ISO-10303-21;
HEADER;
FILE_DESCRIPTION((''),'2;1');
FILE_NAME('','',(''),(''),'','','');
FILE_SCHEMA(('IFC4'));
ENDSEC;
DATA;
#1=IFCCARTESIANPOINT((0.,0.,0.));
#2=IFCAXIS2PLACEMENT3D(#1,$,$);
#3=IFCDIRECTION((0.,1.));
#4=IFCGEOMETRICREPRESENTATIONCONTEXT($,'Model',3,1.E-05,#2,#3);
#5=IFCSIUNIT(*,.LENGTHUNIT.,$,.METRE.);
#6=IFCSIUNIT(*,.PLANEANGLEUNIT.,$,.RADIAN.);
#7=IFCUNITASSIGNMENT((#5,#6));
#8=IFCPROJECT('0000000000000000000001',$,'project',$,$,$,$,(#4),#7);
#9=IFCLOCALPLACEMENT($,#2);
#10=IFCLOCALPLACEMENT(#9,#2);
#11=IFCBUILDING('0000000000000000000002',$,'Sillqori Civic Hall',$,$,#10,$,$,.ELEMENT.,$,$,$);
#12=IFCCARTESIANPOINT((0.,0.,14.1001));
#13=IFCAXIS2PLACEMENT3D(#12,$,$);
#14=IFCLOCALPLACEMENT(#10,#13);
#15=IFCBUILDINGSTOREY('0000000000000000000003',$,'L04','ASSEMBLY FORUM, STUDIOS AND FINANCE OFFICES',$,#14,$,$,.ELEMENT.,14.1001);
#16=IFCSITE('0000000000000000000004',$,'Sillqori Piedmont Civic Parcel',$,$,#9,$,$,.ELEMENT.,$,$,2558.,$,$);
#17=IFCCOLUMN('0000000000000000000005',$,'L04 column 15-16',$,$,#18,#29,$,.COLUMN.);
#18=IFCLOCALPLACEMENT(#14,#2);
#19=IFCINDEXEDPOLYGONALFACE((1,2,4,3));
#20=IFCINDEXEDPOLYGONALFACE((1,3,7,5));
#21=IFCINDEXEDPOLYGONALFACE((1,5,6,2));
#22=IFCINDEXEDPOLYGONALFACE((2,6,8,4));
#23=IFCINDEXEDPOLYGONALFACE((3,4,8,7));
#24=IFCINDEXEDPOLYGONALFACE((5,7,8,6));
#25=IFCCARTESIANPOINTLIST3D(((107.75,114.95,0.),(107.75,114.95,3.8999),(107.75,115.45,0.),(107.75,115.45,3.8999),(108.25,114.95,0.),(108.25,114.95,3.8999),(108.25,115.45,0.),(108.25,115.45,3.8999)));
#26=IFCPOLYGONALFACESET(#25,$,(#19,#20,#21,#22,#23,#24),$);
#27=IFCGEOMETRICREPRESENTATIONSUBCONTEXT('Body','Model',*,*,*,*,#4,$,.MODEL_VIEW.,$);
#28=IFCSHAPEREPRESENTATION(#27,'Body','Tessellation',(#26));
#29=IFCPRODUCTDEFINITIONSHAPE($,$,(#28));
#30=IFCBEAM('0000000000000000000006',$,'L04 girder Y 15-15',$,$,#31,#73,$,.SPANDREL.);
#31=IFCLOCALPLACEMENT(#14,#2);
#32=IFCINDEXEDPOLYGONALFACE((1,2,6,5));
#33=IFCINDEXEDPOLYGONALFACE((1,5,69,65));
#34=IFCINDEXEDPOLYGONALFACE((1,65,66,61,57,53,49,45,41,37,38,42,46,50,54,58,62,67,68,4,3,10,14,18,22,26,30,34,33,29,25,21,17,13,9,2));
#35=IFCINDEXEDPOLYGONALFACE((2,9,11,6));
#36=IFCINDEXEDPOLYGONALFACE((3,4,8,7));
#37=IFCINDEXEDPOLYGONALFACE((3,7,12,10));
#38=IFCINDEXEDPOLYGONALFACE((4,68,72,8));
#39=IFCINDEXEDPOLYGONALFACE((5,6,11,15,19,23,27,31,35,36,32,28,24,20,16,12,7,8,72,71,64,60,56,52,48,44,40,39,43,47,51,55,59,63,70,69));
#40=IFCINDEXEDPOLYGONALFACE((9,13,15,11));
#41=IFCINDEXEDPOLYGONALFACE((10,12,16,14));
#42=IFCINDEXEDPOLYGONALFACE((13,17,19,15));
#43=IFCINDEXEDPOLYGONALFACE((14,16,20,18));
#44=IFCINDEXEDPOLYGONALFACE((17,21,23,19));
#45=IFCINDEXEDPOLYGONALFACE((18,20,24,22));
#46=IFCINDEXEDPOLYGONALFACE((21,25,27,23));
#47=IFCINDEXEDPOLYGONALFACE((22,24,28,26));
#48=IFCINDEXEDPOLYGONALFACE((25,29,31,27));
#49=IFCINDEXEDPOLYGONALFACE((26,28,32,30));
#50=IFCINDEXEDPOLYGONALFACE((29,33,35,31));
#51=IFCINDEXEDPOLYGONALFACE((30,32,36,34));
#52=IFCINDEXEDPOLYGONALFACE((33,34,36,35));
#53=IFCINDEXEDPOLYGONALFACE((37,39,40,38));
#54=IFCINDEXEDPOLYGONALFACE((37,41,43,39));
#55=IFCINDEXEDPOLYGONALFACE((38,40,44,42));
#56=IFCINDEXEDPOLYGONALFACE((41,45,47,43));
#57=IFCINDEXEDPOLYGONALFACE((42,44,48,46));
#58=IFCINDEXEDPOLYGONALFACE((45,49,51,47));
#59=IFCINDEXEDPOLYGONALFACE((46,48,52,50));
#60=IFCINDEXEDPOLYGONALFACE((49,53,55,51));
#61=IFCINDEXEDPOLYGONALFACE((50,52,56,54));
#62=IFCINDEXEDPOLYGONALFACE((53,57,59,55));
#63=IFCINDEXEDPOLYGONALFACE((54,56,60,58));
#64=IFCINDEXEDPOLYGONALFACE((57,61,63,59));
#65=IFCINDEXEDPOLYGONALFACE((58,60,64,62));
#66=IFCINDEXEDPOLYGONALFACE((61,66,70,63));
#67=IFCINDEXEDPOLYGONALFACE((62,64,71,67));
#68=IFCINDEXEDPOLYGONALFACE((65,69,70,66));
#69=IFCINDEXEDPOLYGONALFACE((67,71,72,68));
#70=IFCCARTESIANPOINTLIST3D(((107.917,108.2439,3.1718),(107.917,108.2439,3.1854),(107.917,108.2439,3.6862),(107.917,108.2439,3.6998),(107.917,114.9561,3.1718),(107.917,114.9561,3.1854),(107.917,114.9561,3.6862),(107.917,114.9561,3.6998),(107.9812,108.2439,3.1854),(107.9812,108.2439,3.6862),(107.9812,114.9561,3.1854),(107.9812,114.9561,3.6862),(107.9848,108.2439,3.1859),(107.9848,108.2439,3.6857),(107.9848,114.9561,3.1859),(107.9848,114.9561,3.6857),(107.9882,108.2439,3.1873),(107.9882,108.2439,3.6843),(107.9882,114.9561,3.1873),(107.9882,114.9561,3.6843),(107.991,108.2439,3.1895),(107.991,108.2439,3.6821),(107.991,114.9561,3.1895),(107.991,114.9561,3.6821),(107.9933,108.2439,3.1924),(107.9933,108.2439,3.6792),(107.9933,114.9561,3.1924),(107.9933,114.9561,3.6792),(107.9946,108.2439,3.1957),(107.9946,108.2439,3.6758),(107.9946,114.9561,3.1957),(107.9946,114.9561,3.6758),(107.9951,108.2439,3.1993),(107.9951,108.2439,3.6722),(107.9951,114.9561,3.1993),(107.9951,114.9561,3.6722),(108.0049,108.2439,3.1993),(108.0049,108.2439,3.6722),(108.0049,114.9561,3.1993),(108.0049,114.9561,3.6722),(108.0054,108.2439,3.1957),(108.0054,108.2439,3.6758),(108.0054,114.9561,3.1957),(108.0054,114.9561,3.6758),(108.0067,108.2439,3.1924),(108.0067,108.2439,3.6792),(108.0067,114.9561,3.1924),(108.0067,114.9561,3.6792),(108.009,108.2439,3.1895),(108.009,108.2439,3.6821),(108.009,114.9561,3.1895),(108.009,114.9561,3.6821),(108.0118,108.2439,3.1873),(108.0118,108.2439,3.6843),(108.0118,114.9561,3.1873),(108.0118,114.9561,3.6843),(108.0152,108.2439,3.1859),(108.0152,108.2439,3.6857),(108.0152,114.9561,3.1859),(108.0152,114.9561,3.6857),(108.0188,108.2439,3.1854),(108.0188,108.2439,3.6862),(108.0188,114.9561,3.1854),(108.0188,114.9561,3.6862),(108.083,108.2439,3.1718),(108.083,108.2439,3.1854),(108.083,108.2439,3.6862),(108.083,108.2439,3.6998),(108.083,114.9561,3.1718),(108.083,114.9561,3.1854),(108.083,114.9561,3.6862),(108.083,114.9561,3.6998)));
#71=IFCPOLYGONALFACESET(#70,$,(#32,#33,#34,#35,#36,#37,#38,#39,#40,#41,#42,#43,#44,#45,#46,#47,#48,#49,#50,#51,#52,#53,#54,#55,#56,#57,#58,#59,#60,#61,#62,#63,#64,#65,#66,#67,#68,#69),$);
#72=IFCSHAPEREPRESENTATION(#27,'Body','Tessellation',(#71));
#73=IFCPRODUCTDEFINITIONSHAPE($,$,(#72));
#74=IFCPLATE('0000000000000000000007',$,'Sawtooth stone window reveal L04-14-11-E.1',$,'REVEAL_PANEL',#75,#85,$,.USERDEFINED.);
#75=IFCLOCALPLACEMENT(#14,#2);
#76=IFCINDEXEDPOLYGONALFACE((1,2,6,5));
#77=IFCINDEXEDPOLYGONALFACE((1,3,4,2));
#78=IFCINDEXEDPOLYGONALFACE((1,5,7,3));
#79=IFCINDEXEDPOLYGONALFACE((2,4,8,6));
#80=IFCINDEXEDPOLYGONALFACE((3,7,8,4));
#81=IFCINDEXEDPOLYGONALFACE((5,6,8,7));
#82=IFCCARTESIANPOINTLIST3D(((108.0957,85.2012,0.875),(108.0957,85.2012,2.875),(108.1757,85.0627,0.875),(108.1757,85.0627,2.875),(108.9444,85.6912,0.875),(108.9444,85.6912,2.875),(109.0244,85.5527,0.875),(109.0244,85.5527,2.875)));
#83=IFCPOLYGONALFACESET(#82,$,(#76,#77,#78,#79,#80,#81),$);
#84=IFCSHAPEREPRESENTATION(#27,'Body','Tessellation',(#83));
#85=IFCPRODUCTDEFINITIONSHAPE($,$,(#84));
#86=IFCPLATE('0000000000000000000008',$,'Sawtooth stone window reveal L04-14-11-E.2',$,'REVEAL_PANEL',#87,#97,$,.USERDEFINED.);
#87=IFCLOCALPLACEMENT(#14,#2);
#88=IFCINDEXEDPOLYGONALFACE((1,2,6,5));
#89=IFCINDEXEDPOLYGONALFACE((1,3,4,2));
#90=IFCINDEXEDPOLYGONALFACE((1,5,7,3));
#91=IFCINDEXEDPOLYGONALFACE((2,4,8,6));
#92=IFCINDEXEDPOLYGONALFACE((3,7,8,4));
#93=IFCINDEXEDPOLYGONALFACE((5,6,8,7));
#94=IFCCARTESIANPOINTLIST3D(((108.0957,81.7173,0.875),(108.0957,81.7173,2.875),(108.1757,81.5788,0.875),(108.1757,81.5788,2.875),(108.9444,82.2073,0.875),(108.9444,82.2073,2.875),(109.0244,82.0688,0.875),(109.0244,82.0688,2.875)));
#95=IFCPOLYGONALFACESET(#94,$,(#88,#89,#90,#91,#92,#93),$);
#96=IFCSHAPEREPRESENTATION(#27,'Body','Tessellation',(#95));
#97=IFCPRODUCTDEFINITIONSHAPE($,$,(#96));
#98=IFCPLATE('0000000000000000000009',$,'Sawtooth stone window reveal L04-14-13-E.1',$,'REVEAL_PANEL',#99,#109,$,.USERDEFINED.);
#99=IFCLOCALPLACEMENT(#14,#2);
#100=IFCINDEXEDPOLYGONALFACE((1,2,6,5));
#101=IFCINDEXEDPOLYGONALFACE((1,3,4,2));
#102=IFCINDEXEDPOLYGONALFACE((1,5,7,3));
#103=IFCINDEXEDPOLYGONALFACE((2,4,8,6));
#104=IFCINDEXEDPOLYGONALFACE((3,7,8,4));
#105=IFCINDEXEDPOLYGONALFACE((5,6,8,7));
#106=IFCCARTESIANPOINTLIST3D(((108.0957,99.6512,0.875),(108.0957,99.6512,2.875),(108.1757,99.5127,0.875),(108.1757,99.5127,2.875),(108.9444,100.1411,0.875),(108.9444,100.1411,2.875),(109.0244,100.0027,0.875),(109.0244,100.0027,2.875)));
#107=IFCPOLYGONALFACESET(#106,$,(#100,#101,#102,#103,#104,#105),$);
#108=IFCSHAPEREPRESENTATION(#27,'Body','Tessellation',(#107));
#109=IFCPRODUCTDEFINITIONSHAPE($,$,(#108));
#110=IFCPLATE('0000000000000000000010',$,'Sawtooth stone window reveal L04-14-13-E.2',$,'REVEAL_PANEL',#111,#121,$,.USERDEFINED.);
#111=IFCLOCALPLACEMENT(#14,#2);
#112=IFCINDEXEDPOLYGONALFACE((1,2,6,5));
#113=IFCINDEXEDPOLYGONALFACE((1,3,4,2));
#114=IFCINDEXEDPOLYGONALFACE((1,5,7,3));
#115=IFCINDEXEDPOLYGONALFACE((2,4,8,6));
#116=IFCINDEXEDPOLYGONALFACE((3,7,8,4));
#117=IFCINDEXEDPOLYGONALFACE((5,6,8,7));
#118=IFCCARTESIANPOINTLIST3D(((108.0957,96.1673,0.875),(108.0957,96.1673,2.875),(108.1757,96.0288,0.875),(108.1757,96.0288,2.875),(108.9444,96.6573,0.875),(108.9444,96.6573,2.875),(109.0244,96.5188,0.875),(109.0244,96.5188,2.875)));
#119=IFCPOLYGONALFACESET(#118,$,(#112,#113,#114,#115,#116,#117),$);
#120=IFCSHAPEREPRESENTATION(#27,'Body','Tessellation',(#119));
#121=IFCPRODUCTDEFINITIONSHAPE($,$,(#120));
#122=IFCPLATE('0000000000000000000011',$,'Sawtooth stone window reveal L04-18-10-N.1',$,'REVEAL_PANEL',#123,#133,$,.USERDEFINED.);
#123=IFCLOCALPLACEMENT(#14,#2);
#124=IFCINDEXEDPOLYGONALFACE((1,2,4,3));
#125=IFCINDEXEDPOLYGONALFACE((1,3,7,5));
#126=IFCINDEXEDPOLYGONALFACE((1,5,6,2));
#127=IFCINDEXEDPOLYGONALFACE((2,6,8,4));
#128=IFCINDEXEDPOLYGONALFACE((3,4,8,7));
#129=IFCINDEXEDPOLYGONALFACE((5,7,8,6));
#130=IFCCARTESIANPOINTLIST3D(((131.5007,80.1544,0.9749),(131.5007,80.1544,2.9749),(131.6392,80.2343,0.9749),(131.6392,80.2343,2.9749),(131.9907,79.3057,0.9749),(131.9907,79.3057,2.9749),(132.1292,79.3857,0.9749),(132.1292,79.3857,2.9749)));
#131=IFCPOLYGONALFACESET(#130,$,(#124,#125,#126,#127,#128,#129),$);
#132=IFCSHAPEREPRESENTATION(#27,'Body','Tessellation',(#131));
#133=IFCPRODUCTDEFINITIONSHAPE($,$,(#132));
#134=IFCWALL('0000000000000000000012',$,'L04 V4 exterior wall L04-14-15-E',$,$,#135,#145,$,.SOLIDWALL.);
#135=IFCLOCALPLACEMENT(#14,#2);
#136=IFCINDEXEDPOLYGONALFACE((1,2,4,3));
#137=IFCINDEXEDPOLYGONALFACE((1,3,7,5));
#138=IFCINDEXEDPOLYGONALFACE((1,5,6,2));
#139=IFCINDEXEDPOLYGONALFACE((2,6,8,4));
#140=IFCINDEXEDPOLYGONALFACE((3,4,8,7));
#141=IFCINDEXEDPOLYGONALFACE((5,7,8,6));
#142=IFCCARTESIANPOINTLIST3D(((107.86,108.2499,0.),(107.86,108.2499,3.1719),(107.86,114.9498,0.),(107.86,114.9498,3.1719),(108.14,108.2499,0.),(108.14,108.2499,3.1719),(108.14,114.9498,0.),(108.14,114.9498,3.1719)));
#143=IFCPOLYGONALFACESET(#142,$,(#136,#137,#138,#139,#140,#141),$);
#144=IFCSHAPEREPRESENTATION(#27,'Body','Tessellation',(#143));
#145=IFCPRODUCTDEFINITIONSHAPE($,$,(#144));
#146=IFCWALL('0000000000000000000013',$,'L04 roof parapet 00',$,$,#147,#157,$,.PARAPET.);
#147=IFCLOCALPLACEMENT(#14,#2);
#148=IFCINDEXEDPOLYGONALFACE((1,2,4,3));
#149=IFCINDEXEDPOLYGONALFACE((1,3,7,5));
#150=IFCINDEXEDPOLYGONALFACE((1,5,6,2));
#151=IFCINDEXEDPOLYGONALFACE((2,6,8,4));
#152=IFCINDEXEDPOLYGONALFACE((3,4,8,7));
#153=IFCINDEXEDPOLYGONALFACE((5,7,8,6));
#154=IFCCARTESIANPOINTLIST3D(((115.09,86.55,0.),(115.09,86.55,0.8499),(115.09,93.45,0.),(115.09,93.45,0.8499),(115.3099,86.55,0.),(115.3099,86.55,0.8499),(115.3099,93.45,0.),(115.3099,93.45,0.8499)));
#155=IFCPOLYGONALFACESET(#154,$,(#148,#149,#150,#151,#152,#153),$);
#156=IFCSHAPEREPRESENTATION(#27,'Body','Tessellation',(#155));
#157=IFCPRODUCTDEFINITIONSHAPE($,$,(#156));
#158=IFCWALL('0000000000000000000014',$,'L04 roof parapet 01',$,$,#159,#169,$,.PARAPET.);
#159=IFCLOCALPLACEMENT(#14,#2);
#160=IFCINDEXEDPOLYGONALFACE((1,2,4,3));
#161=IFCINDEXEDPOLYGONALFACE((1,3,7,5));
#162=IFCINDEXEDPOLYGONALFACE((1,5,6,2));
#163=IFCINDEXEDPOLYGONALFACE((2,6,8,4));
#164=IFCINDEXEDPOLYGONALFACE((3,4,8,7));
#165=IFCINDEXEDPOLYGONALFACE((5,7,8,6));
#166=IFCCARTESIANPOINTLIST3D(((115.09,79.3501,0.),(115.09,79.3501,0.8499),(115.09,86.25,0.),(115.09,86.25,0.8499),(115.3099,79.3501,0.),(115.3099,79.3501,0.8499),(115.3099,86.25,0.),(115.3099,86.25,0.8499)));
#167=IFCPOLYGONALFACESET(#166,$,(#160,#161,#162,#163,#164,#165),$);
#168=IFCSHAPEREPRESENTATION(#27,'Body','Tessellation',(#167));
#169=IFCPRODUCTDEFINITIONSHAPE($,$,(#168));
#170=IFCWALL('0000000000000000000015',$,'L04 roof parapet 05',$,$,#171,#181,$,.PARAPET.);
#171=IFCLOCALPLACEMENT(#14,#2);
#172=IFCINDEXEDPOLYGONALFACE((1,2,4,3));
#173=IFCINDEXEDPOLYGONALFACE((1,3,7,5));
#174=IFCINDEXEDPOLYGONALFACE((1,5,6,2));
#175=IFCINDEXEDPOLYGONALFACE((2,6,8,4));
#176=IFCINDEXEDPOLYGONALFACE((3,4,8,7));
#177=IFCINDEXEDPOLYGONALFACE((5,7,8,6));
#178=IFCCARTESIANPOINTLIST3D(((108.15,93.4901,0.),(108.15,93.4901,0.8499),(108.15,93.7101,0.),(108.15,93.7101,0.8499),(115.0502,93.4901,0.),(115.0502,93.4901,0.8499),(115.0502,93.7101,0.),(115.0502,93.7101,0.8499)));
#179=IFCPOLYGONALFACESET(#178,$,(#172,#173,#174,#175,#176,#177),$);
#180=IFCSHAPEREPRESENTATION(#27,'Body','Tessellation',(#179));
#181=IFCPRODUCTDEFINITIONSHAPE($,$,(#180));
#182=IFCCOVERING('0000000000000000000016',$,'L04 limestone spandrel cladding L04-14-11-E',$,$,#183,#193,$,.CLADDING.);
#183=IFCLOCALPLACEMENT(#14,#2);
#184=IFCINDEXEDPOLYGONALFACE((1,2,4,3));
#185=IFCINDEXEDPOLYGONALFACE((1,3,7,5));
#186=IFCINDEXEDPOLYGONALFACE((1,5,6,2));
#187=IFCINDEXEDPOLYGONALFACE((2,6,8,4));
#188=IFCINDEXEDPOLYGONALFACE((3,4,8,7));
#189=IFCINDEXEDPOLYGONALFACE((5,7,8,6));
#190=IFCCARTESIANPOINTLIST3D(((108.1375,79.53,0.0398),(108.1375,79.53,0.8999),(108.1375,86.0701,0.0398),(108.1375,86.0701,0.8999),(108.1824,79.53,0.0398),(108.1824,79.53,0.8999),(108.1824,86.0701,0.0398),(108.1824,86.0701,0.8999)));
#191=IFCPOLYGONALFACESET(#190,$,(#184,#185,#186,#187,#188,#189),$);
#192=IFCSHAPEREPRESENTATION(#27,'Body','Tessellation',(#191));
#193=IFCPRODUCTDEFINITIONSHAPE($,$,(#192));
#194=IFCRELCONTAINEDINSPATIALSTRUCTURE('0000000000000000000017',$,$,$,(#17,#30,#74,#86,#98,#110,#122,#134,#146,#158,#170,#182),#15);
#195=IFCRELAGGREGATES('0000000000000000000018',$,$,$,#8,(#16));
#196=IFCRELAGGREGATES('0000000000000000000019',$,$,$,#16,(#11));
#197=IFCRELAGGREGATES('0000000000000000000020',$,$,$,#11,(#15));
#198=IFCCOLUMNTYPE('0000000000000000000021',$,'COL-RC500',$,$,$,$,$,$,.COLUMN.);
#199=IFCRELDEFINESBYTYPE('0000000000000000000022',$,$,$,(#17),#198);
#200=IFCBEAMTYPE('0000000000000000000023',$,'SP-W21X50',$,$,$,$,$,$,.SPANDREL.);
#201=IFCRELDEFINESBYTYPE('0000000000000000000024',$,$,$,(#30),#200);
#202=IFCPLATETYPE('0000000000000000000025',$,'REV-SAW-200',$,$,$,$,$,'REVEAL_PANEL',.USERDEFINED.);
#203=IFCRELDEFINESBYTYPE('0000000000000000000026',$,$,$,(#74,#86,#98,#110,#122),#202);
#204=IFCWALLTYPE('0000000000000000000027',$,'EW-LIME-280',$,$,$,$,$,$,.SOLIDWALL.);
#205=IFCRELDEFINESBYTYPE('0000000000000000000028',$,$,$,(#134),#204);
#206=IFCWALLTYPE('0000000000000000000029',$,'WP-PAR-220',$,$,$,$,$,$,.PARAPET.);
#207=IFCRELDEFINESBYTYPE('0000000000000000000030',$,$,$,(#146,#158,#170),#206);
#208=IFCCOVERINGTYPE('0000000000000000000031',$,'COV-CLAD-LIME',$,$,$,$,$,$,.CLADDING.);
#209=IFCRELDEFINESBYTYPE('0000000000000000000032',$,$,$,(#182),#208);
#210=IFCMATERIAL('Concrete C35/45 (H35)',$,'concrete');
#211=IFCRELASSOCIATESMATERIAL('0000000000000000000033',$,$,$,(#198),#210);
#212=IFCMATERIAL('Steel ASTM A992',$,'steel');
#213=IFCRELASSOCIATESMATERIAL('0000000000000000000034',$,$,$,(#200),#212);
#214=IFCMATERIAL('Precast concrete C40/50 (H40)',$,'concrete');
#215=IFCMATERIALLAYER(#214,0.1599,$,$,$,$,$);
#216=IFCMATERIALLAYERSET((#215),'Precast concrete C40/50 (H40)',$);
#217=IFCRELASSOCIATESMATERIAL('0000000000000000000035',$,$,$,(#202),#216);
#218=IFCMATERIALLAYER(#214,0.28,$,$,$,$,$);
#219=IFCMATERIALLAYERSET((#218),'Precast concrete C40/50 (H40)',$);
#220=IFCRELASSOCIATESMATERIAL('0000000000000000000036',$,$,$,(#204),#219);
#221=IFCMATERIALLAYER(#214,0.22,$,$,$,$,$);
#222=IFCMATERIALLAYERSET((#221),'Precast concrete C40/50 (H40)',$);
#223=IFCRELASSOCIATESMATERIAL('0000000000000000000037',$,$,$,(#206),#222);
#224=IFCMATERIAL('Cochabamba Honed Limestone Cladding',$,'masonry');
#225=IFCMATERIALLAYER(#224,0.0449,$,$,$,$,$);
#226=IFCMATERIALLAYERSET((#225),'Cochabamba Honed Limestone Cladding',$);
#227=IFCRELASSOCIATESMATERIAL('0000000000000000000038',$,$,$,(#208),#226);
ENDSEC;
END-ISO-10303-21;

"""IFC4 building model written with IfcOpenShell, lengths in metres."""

from ifc_helpers import new_model, si_unit, direction, frame, frame_2d, origin, origin_2d, place, context, subcontext, project, spatial, rectangle, i_section, extrude, material, layer, layer_set, material_profile, profile_set, type_object, element, save


model = new_model("IFC4")

# Units and contexts
model_context = context("Model", 3, precision=1e-05, world=origin(), true_north=direction((0.0, 1.0)))
body_context = subcontext(model_context, "Body", "Model", "MODEL_VIEW")
ifc_project = project(units=[si_unit("LENGTHUNIT", "METRE"), si_unit("PLANEANGLEUNIT", "RADIAN")], contexts=[model_context])

# Site, building, storey
site_placement = place(None, origin())
site = spatial("IfcSite", under=ifc_project, at=site_placement, Name="Sillqori Piedmont Civic Parcel", CompositionType="ELEMENT", RefElevation=2558.0)
building_placement = place(site_placement, origin())
building = spatial("IfcBuilding", under=site, at=building_placement, Name="Sillqori Civic Hall", CompositionType="ELEMENT")
storey_placement = place(building_placement, frame((0.0, 0.0, 14.1001)))
storey = spatial("IfcBuildingStorey", under=building, at=storey_placement, Name="L04", Description="ASSEMBLY FORUM, STUDIOS AND FINANCE OFFICES", CompositionType="ELEMENT", Elevation=14.1001)

# Column
ifc_material_1 = material(Name="Concrete C35/45 (H35)", Category="concrete")
ifc_material_profile_1 = material_profile(ifc_material_1, rectangle(XDim=0.5, YDim=0.5, at=origin_2d()), Name="RC 500x500")
ifc_profile_set_1 = profile_set([ifc_material_profile_1], Name="Concrete C35/45 (H35)")
column_type = type_object("IfcColumnType", Name="COL-RC500", PredefinedType="COLUMN", material=ifc_profile_set_1)
column_placement = place(storey_placement, frame((108.0, 115.2, 0.0), z_axis=(0.0, 0.0, 1.0), x_axis=(1.0, 0.0, 0.0)))
element("IfcColumn", 1, at=column_placement, inside=storey, type_object=column_type, Name="L04 column 15-16", PredefinedType="COLUMN", context=body_context, shape_type="SweptSolid", body=[
    extrude(rectangle(XDim=0.5, YDim=0.5, at=origin_2d()), origin(), (0.0, 0.0, 1.0), 3.8999),
])

# Beam
ifc_material_2 = material(Name="Steel ASTM A992", Category="steel")
ifc_material_profile_2 = material_profile(ifc_material_2, i_section(OverallWidth=0.166, OverallDepth=0.5281, WebThickness=0.0098, FlangeThickness=0.0137, FilletRadius=0.0139, at=origin_2d()), Name="W21X50")
ifc_profile_set_2 = profile_set([ifc_material_profile_2], Name="Steel ASTM A992")
beam_type = type_object("IfcBeamType", Name="SP-W21X50", PredefinedType="SPANDREL", material=ifc_profile_set_2)
beam_placement = place(storey_placement, frame((108.0, 108.2439, 3.4358), z_axis=(0.0, 1.0, 0.0), x_axis=(-1.0, 0.0, 0.0)))
element("IfcBeam", 2, at=beam_placement, inside=storey, type_object=beam_type, Name="L04 girder Y 15-15", PredefinedType="SPANDREL", context=body_context, shape_type="SweptSolid", body=[
    extrude(i_section(OverallWidth=0.166, OverallDepth=0.5281, WebThickness=0.0098, FlangeThickness=0.0137, FilletRadius=0.0139, at=origin_2d()), origin(), (0.0, 0.0, 1.0), 6.7122),
])

# Plates
ifc_material_3 = material(Name="Precast concrete C40/50 (H40)", Category="concrete")
ifc_layer_1 = layer(ifc_material_3, 0.1599)
ifc_layer_set_1 = layer_set([ifc_layer_1], Name="Precast concrete C40/50 (H40)")
plate_type = type_object("IfcPlateType", Name="REV-SAW-200", ElementType="REVEAL_PANEL", PredefinedType="USERDEFINED", material=ifc_layer_set_1)
for number, where, z_axis, x_axis, name in (
    (3, (108.5601, 85.377, 0.875), (0.0, 0.0, 1.0), (0.5, -0.866025, 0.0), "Sawtooth stone window reveal L04-14-11-E.1"),
    (4, (108.5601, 81.8931, 0.875), (0.0, 0.0, 1.0), (0.5, -0.866025, 0.0), "Sawtooth stone window reveal L04-14-11-E.2"),
    (5, (108.5601, 99.8269, 0.875), (0.0, 0.0, 1.0), (0.5, -0.866025, 0.0), "Sawtooth stone window reveal L04-14-13-E.1"),
    (6, (108.5601, 96.343, 0.875), (0.0, 0.0, 1.0), (0.5, -0.866025, 0.0), "Sawtooth stone window reveal L04-14-13-E.2"),
    (7, (131.8149, 79.77, 0.9749), (0.0, 0.0, 1.0), (0.866025, 0.5, 0.0), "Sawtooth stone window reveal L04-18-10-N.1"),
):
    element("IfcPlate", number, at=place(storey_placement, frame(where, z_axis=z_axis, x_axis=x_axis)), inside=storey, type_object=plate_type, Name=name, ObjectType="REVEAL_PANEL", PredefinedType="USERDEFINED", context=body_context, shape_type="SweptSolid", body=[
        extrude(rectangle(XDim=0.1599, YDim=0.98, at=origin_2d()), origin(), (0.0, 0.0, 1.0), 2.0),
    ])

# Walls
ifc_layer_2 = layer(ifc_material_3, 0.28)
ifc_layer_set_2 = layer_set([ifc_layer_2], Name="Precast concrete C40/50 (H40)")
wall_type_1 = type_object("IfcWallType", Name="EW-LIME-280", PredefinedType="SOLIDWALL", material=ifc_layer_set_2)
wall_1_placement = place(storey_placement, frame((108.0, 114.95, 0.0), z_axis=(0.0, 0.0, 1.0), x_axis=(0.0, -1.0, 0.0)))
element("IfcWall", 8, at=wall_1_placement, inside=storey, type_object=wall_type_1, Name="L04 V4 exterior wall L04-14-15-E", PredefinedType="SOLIDWALL", context=body_context, shape_type="SweptSolid", body=[
    extrude(rectangle(XDim=6.7, YDim=0.28, at=frame_2d((3.3501, 0.0))), origin(), (0.0, 0.0, 1.0), 3.1719),
])
ifc_layer_3 = layer(ifc_material_3, 0.22)
ifc_layer_set_3 = layer_set([ifc_layer_3], Name="Precast concrete C40/50 (H40)")
wall_type_2 = type_object("IfcWallType", Name="WP-PAR-220", PredefinedType="PARAPET", material=ifc_layer_set_3)
for number, where, z_axis, x_axis, name in (
    (9, (115.2, 93.45, 0.0), (0.0, 0.0, 1.0), (0.0, -1.0, 0.0), "L04 roof parapet 00"),
    (10, (115.2, 86.25, 0.0), (0.0, 0.0, 1.0), (0.0, -1.0, 0.0), "L04 roof parapet 01"),
):
    element("IfcWall", number, at=place(storey_placement, frame(where, z_axis=z_axis, x_axis=x_axis)), inside=storey, type_object=wall_type_2, Name=name, PredefinedType="PARAPET", context=body_context, shape_type="SweptSolid", body=[
        extrude(rectangle(XDim=6.8999, YDim=0.22, at=frame_2d((3.45, 0.0))), origin(), (0.0, 0.0, 1.0), 0.8499),
    ])
wall_2_placement = place(storey_placement, frame((108.1499, 93.6001, 0.0), z_axis=(0.0, 0.0, 1.0), x_axis=(1.0, 0.0, 0.0)))
element("IfcWall", 11, at=wall_2_placement, inside=storey, type_object=wall_type_2, Name="L04 roof parapet 05", PredefinedType="PARAPET", context=body_context, shape_type="SweptSolid", body=[
    extrude(rectangle(XDim=6.9001, YDim=0.22, at=frame_2d((3.4502, 0.0))), origin(), (0.0, 0.0, 1.0), 0.8499),
])

# Covering
ifc_material_4 = material(Name="Cochabamba Honed Limestone Cladding", Category="masonry")
ifc_layer_4 = layer(ifc_material_4, 0.0449)
ifc_layer_set_4 = layer_set([ifc_layer_4], Name="Cochabamba Honed Limestone Cladding")
covering_type = type_object("IfcCoveringType", Name="COV-CLAD-LIME", PredefinedType="CLADDING", material=ifc_layer_set_4)
covering_1_placement = place(storey_placement, frame((108.1599, 86.0701, 0.0398), z_axis=(0.0, 0.0, 1.0), x_axis=(0.0, -1.0, 0.0)))
element("IfcCovering", 12, at=covering_1_placement, inside=storey, type_object=covering_type, Name="L04 limestone spandrel cladding L04-14-11-E", PredefinedType="CLADDING", context=body_context, shape_type="SweptSolid", body=[
    extrude(rectangle(XDim=6.54, YDim=0.0449, at=frame_2d((3.27, 0.0))), origin(), (0.0, 0.0, 1.0), 0.8601),
])

save(model, "model.ifc")
